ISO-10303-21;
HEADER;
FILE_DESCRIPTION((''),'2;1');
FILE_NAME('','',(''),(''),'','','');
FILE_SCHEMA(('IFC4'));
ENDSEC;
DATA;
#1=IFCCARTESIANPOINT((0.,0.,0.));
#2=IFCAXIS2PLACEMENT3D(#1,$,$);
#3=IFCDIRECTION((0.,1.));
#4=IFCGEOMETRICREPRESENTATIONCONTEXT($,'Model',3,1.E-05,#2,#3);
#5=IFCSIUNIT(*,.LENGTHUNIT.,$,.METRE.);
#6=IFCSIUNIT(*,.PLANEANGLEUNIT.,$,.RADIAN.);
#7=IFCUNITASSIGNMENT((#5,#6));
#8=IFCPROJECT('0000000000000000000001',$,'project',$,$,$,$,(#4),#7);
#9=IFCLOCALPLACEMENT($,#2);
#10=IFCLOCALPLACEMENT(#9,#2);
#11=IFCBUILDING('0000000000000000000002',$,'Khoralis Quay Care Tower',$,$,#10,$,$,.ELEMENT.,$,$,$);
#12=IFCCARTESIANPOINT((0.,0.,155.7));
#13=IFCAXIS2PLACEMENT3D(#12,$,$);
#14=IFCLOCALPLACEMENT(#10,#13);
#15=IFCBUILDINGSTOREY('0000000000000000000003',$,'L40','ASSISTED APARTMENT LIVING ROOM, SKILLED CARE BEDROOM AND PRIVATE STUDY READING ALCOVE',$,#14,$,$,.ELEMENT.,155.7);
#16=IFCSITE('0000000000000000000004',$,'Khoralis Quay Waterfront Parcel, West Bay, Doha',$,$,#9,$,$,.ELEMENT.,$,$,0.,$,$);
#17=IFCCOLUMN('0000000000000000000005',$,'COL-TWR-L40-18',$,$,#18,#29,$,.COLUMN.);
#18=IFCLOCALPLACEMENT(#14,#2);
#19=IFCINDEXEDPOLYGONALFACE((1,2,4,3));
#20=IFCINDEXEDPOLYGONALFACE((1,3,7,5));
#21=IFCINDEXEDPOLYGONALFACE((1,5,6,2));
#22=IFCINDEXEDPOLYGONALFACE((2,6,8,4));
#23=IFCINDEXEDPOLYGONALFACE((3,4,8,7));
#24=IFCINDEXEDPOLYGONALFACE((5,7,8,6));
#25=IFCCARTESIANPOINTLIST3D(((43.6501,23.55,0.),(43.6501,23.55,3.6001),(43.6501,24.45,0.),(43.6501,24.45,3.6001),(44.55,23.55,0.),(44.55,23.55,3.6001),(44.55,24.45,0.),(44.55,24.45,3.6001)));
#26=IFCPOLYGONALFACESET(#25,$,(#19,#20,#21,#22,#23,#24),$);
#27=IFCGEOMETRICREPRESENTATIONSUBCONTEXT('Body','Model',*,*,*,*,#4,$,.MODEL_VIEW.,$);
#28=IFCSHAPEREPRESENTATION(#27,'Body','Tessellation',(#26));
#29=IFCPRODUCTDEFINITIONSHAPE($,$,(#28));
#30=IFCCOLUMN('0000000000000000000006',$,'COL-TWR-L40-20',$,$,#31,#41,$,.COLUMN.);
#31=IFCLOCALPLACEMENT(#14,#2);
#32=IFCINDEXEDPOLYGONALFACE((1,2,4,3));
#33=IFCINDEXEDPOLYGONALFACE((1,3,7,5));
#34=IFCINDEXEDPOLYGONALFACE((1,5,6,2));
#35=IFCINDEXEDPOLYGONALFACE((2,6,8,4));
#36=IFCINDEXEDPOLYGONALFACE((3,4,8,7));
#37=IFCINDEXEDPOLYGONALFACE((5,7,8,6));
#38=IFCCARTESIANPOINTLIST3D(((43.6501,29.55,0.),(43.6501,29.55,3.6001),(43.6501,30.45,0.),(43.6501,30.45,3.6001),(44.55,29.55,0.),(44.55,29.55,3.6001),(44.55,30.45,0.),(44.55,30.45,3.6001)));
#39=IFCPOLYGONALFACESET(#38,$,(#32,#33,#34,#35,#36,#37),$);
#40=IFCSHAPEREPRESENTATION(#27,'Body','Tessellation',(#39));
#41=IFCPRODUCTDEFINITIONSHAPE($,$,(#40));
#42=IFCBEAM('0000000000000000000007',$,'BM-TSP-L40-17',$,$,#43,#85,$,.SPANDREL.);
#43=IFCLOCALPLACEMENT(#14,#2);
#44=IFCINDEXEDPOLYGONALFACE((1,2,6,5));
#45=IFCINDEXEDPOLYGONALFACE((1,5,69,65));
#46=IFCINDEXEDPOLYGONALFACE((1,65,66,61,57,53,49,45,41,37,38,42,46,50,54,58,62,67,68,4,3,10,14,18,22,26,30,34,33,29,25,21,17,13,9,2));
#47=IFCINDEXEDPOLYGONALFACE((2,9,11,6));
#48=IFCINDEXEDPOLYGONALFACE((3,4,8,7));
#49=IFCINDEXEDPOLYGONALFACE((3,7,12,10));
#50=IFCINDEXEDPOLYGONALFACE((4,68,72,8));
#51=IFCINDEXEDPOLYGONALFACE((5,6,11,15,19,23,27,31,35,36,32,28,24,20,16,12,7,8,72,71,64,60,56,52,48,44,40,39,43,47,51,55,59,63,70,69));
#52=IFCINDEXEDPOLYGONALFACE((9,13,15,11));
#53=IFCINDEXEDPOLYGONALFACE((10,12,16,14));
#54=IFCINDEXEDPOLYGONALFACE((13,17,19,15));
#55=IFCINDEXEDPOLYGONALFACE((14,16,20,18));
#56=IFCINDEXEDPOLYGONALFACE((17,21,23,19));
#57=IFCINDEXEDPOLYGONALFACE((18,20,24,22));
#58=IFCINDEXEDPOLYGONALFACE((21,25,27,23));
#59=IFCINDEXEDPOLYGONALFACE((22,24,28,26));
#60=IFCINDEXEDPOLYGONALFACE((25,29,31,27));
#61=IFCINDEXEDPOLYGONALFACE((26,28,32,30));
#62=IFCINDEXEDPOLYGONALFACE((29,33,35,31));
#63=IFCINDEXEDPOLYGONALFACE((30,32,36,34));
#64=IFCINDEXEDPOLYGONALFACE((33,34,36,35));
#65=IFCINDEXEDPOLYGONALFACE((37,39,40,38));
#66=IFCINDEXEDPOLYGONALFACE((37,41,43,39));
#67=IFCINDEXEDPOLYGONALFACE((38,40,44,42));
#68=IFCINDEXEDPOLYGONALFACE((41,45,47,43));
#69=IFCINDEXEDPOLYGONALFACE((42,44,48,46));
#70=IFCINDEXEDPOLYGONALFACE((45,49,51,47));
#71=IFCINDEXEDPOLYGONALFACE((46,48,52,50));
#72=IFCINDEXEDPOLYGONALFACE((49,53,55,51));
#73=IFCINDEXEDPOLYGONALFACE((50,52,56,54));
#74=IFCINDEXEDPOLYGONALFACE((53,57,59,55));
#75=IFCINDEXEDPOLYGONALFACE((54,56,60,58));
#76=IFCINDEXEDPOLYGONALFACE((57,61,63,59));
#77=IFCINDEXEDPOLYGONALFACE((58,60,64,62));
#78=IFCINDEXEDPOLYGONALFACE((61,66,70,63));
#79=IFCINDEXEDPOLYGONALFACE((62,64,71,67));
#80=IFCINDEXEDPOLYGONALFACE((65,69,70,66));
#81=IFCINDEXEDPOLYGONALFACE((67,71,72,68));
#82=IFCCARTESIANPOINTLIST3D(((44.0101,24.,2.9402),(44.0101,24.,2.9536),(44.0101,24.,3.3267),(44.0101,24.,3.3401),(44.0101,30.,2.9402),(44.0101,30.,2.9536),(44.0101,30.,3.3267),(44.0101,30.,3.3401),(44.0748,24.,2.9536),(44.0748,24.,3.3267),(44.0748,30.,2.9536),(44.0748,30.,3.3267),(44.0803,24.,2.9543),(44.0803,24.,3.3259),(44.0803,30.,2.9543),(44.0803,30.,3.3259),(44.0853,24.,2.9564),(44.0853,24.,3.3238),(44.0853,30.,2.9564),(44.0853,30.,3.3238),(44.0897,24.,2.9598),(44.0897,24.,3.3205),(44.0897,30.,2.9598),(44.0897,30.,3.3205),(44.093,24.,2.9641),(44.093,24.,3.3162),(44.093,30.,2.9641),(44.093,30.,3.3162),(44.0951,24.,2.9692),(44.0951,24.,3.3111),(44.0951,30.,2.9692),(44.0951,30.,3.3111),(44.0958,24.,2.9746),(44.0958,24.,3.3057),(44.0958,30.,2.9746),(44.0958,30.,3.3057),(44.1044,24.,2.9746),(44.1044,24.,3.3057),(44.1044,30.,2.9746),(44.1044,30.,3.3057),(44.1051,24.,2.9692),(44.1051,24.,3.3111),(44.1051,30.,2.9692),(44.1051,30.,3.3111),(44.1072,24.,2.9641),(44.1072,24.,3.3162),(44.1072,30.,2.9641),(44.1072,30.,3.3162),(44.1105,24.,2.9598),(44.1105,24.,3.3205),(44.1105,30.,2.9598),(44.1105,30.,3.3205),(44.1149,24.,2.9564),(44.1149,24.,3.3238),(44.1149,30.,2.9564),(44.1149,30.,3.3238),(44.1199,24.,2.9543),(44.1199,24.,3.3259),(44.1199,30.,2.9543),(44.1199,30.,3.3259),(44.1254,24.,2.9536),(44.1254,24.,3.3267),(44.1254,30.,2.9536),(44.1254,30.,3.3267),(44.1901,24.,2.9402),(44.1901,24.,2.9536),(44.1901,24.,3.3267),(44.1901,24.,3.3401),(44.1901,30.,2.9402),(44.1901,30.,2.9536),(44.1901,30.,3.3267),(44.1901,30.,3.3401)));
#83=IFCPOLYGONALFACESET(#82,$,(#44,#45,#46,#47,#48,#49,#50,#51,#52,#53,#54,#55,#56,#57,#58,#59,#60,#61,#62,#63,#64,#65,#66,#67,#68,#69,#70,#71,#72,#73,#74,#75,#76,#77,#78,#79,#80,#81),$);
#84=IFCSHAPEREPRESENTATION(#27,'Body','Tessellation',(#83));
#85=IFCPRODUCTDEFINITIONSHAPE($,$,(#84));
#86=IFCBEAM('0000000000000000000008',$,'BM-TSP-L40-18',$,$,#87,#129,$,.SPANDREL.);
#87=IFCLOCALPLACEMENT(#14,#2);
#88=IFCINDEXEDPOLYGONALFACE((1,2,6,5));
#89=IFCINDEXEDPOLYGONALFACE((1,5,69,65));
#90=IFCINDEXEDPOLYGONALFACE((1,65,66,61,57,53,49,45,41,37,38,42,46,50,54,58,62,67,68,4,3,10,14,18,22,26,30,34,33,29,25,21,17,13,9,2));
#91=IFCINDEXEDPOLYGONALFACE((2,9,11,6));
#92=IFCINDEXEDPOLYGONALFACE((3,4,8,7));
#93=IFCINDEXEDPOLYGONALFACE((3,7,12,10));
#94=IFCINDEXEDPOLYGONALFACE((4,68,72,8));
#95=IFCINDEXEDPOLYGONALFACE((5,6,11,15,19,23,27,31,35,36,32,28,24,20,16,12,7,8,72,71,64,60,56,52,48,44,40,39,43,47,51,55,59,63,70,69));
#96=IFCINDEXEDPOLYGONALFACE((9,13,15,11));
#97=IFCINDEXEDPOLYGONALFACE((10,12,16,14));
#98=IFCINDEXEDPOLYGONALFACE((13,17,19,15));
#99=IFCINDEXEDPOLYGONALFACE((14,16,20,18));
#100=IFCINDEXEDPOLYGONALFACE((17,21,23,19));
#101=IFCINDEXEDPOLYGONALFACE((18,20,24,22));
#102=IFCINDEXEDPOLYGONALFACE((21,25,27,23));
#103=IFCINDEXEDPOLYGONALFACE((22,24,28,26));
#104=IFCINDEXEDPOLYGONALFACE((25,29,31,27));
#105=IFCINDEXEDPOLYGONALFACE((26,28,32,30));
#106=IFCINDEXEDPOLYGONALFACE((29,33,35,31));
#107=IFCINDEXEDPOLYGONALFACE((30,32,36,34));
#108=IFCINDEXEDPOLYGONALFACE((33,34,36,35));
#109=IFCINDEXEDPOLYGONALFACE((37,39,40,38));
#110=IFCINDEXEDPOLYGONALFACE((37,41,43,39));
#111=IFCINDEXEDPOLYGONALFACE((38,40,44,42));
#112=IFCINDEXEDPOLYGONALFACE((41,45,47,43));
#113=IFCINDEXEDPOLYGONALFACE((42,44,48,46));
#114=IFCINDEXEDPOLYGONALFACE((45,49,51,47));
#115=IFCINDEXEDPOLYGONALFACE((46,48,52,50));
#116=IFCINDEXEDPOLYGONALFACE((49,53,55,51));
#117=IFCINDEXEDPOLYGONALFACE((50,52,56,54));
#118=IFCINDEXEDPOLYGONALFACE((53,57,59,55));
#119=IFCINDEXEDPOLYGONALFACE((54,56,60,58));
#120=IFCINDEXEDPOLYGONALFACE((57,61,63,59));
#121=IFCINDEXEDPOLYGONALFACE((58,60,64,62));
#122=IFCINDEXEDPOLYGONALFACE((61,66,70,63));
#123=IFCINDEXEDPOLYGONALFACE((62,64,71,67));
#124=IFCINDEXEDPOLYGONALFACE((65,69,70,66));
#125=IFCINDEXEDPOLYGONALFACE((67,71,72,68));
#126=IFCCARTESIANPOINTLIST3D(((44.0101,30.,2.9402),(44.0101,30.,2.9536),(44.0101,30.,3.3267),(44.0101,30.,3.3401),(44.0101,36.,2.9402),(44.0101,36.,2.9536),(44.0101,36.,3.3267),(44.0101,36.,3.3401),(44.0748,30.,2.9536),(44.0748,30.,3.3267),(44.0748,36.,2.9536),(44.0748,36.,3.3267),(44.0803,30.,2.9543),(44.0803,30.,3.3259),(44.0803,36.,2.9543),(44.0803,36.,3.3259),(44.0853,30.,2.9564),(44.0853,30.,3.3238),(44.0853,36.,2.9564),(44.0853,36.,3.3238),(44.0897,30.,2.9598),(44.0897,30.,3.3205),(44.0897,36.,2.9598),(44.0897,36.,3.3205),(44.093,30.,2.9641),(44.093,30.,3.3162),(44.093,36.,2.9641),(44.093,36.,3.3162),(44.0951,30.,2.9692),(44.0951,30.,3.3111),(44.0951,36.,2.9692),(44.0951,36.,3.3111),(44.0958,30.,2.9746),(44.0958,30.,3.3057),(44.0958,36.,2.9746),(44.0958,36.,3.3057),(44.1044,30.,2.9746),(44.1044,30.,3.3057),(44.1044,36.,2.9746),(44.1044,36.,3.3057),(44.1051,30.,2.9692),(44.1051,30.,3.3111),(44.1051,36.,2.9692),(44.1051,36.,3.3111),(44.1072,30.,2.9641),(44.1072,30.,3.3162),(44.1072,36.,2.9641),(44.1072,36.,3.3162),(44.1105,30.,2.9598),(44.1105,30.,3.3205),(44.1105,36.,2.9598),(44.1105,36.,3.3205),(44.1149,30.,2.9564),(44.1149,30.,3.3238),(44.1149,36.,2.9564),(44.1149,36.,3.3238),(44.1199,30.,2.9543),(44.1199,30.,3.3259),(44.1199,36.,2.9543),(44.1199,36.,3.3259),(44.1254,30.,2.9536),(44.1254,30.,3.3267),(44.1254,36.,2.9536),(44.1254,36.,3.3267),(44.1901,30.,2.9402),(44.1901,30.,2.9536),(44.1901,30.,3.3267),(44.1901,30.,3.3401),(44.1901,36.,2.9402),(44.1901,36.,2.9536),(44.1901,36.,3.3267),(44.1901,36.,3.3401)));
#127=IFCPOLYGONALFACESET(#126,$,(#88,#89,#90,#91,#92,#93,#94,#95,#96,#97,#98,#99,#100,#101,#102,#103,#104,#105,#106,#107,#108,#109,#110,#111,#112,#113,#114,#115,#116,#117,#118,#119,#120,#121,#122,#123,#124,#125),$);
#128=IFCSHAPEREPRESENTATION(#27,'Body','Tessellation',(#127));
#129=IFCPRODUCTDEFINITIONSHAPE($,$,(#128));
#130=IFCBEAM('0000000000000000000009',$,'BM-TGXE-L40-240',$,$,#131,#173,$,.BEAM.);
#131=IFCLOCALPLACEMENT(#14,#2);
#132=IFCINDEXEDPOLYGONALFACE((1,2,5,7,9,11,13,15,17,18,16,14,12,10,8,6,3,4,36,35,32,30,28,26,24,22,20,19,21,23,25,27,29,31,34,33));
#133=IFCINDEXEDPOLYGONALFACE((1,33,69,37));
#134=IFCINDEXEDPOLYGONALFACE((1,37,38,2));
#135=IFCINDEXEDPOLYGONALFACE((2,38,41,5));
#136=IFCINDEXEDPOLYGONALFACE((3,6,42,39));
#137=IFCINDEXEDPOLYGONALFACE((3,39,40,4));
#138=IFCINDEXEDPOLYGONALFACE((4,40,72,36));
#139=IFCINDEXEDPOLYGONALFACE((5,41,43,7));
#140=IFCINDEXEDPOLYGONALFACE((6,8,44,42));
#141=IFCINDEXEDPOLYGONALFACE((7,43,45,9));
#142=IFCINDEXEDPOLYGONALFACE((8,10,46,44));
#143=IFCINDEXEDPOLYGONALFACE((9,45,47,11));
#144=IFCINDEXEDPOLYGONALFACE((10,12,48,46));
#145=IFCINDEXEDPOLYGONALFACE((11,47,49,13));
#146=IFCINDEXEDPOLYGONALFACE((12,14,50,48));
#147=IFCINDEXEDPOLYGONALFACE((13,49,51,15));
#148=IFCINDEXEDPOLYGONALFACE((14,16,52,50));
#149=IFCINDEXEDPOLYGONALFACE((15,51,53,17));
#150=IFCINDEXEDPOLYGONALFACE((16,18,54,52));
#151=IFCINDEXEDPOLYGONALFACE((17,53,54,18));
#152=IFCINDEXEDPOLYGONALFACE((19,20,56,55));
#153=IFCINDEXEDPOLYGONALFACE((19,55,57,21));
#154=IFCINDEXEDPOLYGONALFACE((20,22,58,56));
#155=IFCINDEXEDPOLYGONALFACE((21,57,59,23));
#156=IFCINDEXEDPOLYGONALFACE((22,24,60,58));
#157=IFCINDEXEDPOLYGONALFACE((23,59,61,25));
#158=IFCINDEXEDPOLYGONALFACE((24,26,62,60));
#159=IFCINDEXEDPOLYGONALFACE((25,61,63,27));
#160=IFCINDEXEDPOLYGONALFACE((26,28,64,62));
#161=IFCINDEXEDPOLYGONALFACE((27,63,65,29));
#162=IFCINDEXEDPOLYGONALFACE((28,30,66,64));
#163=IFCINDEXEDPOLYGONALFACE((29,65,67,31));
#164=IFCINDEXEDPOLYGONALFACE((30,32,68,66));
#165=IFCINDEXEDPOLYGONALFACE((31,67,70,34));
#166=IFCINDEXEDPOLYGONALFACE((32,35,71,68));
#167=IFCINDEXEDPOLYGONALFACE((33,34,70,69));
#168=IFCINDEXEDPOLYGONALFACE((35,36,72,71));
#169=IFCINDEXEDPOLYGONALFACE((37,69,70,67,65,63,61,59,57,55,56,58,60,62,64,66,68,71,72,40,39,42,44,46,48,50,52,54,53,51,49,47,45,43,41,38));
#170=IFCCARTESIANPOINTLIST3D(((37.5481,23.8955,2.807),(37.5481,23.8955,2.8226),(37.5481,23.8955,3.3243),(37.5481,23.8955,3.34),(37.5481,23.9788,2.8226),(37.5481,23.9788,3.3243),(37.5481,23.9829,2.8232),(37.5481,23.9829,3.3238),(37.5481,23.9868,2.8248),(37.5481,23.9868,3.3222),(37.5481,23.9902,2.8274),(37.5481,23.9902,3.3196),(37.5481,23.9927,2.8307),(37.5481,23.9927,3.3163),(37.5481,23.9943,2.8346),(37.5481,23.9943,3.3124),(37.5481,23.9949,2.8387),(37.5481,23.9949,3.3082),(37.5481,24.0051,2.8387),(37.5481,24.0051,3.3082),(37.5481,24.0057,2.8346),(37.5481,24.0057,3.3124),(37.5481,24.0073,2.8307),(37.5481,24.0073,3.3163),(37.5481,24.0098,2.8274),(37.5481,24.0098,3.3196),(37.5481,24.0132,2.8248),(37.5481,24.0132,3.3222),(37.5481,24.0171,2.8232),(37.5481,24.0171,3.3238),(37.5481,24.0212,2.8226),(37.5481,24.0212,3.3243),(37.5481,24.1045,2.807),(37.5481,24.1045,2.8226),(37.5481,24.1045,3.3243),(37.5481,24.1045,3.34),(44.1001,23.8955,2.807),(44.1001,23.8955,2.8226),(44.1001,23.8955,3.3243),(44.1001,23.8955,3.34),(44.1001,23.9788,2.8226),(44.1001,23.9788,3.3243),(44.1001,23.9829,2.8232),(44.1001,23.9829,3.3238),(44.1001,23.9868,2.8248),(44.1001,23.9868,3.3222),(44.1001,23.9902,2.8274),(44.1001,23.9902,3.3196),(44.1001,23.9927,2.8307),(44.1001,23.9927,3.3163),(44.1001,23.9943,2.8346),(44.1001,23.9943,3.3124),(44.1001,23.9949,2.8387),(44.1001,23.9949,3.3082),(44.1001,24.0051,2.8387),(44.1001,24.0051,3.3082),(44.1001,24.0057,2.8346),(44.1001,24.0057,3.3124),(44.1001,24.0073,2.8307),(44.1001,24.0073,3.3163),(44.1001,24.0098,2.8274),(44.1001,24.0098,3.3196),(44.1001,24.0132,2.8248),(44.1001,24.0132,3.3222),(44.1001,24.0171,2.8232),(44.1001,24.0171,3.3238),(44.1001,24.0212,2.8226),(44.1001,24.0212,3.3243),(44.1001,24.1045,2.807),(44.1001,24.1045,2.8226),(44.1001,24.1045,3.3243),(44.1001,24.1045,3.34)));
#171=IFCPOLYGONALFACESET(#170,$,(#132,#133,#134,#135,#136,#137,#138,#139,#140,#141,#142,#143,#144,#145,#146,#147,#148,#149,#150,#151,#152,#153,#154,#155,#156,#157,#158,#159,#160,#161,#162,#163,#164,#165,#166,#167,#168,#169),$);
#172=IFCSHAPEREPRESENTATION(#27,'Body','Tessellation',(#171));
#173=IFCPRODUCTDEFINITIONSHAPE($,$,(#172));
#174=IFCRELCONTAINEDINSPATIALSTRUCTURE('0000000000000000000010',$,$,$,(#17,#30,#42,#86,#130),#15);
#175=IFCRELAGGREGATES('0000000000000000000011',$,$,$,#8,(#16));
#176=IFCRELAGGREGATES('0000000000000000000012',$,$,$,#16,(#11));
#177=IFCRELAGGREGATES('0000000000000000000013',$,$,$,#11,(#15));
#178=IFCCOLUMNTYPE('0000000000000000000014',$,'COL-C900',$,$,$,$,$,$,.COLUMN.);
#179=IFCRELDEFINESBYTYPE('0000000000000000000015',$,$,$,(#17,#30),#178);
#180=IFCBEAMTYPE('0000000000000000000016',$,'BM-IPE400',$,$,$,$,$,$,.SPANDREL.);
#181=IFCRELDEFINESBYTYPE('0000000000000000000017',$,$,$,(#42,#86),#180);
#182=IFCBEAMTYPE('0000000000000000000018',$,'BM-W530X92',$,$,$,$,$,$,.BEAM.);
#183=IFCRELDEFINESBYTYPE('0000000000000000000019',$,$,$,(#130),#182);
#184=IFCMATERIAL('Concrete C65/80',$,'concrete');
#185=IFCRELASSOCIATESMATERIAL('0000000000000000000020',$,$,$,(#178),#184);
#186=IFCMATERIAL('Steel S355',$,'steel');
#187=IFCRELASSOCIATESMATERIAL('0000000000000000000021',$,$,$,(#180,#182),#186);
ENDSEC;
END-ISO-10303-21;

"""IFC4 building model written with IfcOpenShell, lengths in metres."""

from ifc_helpers import new_model, si_unit, direction, frame, origin, origin_2d, place, context, subcontext, project, spatial, rectangle, i_section, extrude, source, transform, mapped, material, material_profile, profile_set, type_object, element, save


model = new_model("IFC4")

# Units and contexts
model_context = context("Model", 3, precision=1e-05, world=origin(), true_north=direction((0.0, 1.0)))
body_context = subcontext(model_context, "Body", "Model", "MODEL_VIEW")
ifc_project = project(units=[si_unit("LENGTHUNIT", "METRE"), si_unit("PLANEANGLEUNIT", "RADIAN")], contexts=[model_context])

# Site, building, storey
site_placement = place(None, origin())
site = spatial("IfcSite", under=ifc_project, at=site_placement, Name="Khoralis Quay Waterfront Parcel, West Bay, Doha", CompositionType="ELEMENT", RefElevation=0.0)
building_placement = place(site_placement, origin())
building = spatial("IfcBuilding", under=site, at=building_placement, Name="Khoralis Quay Care Tower", CompositionType="ELEMENT")
storey_placement = place(building_placement, frame((0.0, 0.0, 155.7)))
storey = spatial("IfcBuildingStorey", under=building, at=storey_placement, Name="L40", Description="ASSISTED APARTMENT LIVING ROOM, SKILLED CARE BEDROOM AND PRIVATE STUDY READING ALCOVE", CompositionType="ELEMENT", Elevation=155.7)

# Columns
ifc_material_1 = material(Name="Concrete C65/80", Category="concrete")
ifc_material_profile_1 = material_profile(ifc_material_1, rectangle(XDim=0.8999, YDim=0.8999, at=origin_2d()), Name="Concrete C65/80")
ifc_profile_set_1 = profile_set([ifc_material_profile_1], Name="Concrete C65/80")
column_type = type_object("IfcColumnType", Name="COL-C900", PredefinedType="COLUMN", material=ifc_profile_set_1)
shared_shape_1 = source(origin(), body_context, "Body", "SweptSolid", [
    extrude(rectangle(XDim=0.8999, YDim=0.8999, at=origin_2d()), origin(), (0.0, 0.0, 1.0), 3.6001),
])
for number, where, z_axis, x_axis, name in (
    (1, (44.1001, 24.0, 0.0), (0.0, 0.0, 1.0), (1.0, 0.0, 0.0), "COL-TWR-L40-18"),
    (2, (44.1001, 30.0, 0.0), (0.0, 0.0, 1.0), (1.0, 0.0, 0.0), "COL-TWR-L40-20"),
):
    element("IfcColumn", number, at=place(storey_placement, frame(where, z_axis=z_axis, x_axis=x_axis)), inside=storey, type_object=column_type, Name=name, PredefinedType="COLUMN", context=body_context, shape_type="MappedRepresentation", body=[
        mapped(shared_shape_1, transform((0.0, 0.0, 0.0), scale=1.0)),
    ])

# Beams
ifc_material_2 = material(Name="Steel S355", Category="steel")
ifc_material_profile_2 = material_profile(ifc_material_2, i_section(OverallWidth=0.1799, OverallDepth=0.3999, WebThickness=0.0085, FlangeThickness=0.0134, FilletRadius=0.021, at=origin_2d()), Name="Steel S355")
ifc_profile_set_2 = profile_set([ifc_material_profile_2], Name="Steel S355")
beam_type_1 = type_object("IfcBeamType", Name="BM-IPE400", PredefinedType="SPANDREL", material=ifc_profile_set_2)
shared_shape_2 = source(origin(), body_context, "Body", "SweptSolid", [
    extrude(i_section(OverallWidth=0.1799, OverallDepth=0.3999, WebThickness=0.0085, FlangeThickness=0.0134, FilletRadius=0.021, at=origin_2d()), origin(), (0.0, 0.0, 1.0), 6.0),
])
for number, where, z_axis, x_axis, name in (
    (3, (44.1001, 24.0, 3.1401), (0.0, 1.0, 0.0), (-1.0, 0.0, 0.0), "BM-TSP-L40-17"),
    (4, (44.1001, 30.0, 3.1401), (0.0, 1.0, 0.0), (-1.0, 0.0, 0.0), "BM-TSP-L40-18"),
):
    element("IfcBeam", number, at=place(storey_placement, frame(where, z_axis=z_axis, x_axis=x_axis)), inside=storey, type_object=beam_type_1, Name=name, PredefinedType="SPANDREL", context=body_context, shape_type="MappedRepresentation", body=[
        mapped(shared_shape_2, transform((0.0, 0.0, 0.0), scale=1.0)),
    ])
ifc_material_profile_3 = material_profile(ifc_material_2, i_section(OverallWidth=0.209, OverallDepth=0.533, WebThickness=0.0103, FlangeThickness=0.0156, FilletRadius=0.0161, at=origin_2d()), Name="Steel S355")
ifc_profile_set_3 = profile_set([ifc_material_profile_3], Name="Steel S355")
beam_type_2 = type_object("IfcBeamType", Name="BM-W530X92", PredefinedType="BEAM", material=ifc_profile_set_3)
shared_shape_3 = source(origin(), body_context, "Body", "SweptSolid", [
    extrude(i_section(OverallWidth=0.209, OverallDepth=0.533, WebThickness=0.0103, FlangeThickness=0.0156, FilletRadius=0.0161, at=origin_2d()), origin(), (0.0, 0.0, 1.0), 6.552),
])
beam_1_placement = place(storey_placement, frame((37.5481, 24.0, 3.0735), z_axis=(1.0, 0.0, 0.0), x_axis=(0.0, 1.0, 0.0)))
element("IfcBeam", 5, at=beam_1_placement, inside=storey, type_object=beam_type_2, Name="BM-TGXE-L40-240", PredefinedType="BEAM", context=body_context, shape_type="MappedRepresentation", body=[
    mapped(shared_shape_3, transform((0.0, 0.0, 0.0), scale=1.0)),
])

save(model, "model.ifc")
